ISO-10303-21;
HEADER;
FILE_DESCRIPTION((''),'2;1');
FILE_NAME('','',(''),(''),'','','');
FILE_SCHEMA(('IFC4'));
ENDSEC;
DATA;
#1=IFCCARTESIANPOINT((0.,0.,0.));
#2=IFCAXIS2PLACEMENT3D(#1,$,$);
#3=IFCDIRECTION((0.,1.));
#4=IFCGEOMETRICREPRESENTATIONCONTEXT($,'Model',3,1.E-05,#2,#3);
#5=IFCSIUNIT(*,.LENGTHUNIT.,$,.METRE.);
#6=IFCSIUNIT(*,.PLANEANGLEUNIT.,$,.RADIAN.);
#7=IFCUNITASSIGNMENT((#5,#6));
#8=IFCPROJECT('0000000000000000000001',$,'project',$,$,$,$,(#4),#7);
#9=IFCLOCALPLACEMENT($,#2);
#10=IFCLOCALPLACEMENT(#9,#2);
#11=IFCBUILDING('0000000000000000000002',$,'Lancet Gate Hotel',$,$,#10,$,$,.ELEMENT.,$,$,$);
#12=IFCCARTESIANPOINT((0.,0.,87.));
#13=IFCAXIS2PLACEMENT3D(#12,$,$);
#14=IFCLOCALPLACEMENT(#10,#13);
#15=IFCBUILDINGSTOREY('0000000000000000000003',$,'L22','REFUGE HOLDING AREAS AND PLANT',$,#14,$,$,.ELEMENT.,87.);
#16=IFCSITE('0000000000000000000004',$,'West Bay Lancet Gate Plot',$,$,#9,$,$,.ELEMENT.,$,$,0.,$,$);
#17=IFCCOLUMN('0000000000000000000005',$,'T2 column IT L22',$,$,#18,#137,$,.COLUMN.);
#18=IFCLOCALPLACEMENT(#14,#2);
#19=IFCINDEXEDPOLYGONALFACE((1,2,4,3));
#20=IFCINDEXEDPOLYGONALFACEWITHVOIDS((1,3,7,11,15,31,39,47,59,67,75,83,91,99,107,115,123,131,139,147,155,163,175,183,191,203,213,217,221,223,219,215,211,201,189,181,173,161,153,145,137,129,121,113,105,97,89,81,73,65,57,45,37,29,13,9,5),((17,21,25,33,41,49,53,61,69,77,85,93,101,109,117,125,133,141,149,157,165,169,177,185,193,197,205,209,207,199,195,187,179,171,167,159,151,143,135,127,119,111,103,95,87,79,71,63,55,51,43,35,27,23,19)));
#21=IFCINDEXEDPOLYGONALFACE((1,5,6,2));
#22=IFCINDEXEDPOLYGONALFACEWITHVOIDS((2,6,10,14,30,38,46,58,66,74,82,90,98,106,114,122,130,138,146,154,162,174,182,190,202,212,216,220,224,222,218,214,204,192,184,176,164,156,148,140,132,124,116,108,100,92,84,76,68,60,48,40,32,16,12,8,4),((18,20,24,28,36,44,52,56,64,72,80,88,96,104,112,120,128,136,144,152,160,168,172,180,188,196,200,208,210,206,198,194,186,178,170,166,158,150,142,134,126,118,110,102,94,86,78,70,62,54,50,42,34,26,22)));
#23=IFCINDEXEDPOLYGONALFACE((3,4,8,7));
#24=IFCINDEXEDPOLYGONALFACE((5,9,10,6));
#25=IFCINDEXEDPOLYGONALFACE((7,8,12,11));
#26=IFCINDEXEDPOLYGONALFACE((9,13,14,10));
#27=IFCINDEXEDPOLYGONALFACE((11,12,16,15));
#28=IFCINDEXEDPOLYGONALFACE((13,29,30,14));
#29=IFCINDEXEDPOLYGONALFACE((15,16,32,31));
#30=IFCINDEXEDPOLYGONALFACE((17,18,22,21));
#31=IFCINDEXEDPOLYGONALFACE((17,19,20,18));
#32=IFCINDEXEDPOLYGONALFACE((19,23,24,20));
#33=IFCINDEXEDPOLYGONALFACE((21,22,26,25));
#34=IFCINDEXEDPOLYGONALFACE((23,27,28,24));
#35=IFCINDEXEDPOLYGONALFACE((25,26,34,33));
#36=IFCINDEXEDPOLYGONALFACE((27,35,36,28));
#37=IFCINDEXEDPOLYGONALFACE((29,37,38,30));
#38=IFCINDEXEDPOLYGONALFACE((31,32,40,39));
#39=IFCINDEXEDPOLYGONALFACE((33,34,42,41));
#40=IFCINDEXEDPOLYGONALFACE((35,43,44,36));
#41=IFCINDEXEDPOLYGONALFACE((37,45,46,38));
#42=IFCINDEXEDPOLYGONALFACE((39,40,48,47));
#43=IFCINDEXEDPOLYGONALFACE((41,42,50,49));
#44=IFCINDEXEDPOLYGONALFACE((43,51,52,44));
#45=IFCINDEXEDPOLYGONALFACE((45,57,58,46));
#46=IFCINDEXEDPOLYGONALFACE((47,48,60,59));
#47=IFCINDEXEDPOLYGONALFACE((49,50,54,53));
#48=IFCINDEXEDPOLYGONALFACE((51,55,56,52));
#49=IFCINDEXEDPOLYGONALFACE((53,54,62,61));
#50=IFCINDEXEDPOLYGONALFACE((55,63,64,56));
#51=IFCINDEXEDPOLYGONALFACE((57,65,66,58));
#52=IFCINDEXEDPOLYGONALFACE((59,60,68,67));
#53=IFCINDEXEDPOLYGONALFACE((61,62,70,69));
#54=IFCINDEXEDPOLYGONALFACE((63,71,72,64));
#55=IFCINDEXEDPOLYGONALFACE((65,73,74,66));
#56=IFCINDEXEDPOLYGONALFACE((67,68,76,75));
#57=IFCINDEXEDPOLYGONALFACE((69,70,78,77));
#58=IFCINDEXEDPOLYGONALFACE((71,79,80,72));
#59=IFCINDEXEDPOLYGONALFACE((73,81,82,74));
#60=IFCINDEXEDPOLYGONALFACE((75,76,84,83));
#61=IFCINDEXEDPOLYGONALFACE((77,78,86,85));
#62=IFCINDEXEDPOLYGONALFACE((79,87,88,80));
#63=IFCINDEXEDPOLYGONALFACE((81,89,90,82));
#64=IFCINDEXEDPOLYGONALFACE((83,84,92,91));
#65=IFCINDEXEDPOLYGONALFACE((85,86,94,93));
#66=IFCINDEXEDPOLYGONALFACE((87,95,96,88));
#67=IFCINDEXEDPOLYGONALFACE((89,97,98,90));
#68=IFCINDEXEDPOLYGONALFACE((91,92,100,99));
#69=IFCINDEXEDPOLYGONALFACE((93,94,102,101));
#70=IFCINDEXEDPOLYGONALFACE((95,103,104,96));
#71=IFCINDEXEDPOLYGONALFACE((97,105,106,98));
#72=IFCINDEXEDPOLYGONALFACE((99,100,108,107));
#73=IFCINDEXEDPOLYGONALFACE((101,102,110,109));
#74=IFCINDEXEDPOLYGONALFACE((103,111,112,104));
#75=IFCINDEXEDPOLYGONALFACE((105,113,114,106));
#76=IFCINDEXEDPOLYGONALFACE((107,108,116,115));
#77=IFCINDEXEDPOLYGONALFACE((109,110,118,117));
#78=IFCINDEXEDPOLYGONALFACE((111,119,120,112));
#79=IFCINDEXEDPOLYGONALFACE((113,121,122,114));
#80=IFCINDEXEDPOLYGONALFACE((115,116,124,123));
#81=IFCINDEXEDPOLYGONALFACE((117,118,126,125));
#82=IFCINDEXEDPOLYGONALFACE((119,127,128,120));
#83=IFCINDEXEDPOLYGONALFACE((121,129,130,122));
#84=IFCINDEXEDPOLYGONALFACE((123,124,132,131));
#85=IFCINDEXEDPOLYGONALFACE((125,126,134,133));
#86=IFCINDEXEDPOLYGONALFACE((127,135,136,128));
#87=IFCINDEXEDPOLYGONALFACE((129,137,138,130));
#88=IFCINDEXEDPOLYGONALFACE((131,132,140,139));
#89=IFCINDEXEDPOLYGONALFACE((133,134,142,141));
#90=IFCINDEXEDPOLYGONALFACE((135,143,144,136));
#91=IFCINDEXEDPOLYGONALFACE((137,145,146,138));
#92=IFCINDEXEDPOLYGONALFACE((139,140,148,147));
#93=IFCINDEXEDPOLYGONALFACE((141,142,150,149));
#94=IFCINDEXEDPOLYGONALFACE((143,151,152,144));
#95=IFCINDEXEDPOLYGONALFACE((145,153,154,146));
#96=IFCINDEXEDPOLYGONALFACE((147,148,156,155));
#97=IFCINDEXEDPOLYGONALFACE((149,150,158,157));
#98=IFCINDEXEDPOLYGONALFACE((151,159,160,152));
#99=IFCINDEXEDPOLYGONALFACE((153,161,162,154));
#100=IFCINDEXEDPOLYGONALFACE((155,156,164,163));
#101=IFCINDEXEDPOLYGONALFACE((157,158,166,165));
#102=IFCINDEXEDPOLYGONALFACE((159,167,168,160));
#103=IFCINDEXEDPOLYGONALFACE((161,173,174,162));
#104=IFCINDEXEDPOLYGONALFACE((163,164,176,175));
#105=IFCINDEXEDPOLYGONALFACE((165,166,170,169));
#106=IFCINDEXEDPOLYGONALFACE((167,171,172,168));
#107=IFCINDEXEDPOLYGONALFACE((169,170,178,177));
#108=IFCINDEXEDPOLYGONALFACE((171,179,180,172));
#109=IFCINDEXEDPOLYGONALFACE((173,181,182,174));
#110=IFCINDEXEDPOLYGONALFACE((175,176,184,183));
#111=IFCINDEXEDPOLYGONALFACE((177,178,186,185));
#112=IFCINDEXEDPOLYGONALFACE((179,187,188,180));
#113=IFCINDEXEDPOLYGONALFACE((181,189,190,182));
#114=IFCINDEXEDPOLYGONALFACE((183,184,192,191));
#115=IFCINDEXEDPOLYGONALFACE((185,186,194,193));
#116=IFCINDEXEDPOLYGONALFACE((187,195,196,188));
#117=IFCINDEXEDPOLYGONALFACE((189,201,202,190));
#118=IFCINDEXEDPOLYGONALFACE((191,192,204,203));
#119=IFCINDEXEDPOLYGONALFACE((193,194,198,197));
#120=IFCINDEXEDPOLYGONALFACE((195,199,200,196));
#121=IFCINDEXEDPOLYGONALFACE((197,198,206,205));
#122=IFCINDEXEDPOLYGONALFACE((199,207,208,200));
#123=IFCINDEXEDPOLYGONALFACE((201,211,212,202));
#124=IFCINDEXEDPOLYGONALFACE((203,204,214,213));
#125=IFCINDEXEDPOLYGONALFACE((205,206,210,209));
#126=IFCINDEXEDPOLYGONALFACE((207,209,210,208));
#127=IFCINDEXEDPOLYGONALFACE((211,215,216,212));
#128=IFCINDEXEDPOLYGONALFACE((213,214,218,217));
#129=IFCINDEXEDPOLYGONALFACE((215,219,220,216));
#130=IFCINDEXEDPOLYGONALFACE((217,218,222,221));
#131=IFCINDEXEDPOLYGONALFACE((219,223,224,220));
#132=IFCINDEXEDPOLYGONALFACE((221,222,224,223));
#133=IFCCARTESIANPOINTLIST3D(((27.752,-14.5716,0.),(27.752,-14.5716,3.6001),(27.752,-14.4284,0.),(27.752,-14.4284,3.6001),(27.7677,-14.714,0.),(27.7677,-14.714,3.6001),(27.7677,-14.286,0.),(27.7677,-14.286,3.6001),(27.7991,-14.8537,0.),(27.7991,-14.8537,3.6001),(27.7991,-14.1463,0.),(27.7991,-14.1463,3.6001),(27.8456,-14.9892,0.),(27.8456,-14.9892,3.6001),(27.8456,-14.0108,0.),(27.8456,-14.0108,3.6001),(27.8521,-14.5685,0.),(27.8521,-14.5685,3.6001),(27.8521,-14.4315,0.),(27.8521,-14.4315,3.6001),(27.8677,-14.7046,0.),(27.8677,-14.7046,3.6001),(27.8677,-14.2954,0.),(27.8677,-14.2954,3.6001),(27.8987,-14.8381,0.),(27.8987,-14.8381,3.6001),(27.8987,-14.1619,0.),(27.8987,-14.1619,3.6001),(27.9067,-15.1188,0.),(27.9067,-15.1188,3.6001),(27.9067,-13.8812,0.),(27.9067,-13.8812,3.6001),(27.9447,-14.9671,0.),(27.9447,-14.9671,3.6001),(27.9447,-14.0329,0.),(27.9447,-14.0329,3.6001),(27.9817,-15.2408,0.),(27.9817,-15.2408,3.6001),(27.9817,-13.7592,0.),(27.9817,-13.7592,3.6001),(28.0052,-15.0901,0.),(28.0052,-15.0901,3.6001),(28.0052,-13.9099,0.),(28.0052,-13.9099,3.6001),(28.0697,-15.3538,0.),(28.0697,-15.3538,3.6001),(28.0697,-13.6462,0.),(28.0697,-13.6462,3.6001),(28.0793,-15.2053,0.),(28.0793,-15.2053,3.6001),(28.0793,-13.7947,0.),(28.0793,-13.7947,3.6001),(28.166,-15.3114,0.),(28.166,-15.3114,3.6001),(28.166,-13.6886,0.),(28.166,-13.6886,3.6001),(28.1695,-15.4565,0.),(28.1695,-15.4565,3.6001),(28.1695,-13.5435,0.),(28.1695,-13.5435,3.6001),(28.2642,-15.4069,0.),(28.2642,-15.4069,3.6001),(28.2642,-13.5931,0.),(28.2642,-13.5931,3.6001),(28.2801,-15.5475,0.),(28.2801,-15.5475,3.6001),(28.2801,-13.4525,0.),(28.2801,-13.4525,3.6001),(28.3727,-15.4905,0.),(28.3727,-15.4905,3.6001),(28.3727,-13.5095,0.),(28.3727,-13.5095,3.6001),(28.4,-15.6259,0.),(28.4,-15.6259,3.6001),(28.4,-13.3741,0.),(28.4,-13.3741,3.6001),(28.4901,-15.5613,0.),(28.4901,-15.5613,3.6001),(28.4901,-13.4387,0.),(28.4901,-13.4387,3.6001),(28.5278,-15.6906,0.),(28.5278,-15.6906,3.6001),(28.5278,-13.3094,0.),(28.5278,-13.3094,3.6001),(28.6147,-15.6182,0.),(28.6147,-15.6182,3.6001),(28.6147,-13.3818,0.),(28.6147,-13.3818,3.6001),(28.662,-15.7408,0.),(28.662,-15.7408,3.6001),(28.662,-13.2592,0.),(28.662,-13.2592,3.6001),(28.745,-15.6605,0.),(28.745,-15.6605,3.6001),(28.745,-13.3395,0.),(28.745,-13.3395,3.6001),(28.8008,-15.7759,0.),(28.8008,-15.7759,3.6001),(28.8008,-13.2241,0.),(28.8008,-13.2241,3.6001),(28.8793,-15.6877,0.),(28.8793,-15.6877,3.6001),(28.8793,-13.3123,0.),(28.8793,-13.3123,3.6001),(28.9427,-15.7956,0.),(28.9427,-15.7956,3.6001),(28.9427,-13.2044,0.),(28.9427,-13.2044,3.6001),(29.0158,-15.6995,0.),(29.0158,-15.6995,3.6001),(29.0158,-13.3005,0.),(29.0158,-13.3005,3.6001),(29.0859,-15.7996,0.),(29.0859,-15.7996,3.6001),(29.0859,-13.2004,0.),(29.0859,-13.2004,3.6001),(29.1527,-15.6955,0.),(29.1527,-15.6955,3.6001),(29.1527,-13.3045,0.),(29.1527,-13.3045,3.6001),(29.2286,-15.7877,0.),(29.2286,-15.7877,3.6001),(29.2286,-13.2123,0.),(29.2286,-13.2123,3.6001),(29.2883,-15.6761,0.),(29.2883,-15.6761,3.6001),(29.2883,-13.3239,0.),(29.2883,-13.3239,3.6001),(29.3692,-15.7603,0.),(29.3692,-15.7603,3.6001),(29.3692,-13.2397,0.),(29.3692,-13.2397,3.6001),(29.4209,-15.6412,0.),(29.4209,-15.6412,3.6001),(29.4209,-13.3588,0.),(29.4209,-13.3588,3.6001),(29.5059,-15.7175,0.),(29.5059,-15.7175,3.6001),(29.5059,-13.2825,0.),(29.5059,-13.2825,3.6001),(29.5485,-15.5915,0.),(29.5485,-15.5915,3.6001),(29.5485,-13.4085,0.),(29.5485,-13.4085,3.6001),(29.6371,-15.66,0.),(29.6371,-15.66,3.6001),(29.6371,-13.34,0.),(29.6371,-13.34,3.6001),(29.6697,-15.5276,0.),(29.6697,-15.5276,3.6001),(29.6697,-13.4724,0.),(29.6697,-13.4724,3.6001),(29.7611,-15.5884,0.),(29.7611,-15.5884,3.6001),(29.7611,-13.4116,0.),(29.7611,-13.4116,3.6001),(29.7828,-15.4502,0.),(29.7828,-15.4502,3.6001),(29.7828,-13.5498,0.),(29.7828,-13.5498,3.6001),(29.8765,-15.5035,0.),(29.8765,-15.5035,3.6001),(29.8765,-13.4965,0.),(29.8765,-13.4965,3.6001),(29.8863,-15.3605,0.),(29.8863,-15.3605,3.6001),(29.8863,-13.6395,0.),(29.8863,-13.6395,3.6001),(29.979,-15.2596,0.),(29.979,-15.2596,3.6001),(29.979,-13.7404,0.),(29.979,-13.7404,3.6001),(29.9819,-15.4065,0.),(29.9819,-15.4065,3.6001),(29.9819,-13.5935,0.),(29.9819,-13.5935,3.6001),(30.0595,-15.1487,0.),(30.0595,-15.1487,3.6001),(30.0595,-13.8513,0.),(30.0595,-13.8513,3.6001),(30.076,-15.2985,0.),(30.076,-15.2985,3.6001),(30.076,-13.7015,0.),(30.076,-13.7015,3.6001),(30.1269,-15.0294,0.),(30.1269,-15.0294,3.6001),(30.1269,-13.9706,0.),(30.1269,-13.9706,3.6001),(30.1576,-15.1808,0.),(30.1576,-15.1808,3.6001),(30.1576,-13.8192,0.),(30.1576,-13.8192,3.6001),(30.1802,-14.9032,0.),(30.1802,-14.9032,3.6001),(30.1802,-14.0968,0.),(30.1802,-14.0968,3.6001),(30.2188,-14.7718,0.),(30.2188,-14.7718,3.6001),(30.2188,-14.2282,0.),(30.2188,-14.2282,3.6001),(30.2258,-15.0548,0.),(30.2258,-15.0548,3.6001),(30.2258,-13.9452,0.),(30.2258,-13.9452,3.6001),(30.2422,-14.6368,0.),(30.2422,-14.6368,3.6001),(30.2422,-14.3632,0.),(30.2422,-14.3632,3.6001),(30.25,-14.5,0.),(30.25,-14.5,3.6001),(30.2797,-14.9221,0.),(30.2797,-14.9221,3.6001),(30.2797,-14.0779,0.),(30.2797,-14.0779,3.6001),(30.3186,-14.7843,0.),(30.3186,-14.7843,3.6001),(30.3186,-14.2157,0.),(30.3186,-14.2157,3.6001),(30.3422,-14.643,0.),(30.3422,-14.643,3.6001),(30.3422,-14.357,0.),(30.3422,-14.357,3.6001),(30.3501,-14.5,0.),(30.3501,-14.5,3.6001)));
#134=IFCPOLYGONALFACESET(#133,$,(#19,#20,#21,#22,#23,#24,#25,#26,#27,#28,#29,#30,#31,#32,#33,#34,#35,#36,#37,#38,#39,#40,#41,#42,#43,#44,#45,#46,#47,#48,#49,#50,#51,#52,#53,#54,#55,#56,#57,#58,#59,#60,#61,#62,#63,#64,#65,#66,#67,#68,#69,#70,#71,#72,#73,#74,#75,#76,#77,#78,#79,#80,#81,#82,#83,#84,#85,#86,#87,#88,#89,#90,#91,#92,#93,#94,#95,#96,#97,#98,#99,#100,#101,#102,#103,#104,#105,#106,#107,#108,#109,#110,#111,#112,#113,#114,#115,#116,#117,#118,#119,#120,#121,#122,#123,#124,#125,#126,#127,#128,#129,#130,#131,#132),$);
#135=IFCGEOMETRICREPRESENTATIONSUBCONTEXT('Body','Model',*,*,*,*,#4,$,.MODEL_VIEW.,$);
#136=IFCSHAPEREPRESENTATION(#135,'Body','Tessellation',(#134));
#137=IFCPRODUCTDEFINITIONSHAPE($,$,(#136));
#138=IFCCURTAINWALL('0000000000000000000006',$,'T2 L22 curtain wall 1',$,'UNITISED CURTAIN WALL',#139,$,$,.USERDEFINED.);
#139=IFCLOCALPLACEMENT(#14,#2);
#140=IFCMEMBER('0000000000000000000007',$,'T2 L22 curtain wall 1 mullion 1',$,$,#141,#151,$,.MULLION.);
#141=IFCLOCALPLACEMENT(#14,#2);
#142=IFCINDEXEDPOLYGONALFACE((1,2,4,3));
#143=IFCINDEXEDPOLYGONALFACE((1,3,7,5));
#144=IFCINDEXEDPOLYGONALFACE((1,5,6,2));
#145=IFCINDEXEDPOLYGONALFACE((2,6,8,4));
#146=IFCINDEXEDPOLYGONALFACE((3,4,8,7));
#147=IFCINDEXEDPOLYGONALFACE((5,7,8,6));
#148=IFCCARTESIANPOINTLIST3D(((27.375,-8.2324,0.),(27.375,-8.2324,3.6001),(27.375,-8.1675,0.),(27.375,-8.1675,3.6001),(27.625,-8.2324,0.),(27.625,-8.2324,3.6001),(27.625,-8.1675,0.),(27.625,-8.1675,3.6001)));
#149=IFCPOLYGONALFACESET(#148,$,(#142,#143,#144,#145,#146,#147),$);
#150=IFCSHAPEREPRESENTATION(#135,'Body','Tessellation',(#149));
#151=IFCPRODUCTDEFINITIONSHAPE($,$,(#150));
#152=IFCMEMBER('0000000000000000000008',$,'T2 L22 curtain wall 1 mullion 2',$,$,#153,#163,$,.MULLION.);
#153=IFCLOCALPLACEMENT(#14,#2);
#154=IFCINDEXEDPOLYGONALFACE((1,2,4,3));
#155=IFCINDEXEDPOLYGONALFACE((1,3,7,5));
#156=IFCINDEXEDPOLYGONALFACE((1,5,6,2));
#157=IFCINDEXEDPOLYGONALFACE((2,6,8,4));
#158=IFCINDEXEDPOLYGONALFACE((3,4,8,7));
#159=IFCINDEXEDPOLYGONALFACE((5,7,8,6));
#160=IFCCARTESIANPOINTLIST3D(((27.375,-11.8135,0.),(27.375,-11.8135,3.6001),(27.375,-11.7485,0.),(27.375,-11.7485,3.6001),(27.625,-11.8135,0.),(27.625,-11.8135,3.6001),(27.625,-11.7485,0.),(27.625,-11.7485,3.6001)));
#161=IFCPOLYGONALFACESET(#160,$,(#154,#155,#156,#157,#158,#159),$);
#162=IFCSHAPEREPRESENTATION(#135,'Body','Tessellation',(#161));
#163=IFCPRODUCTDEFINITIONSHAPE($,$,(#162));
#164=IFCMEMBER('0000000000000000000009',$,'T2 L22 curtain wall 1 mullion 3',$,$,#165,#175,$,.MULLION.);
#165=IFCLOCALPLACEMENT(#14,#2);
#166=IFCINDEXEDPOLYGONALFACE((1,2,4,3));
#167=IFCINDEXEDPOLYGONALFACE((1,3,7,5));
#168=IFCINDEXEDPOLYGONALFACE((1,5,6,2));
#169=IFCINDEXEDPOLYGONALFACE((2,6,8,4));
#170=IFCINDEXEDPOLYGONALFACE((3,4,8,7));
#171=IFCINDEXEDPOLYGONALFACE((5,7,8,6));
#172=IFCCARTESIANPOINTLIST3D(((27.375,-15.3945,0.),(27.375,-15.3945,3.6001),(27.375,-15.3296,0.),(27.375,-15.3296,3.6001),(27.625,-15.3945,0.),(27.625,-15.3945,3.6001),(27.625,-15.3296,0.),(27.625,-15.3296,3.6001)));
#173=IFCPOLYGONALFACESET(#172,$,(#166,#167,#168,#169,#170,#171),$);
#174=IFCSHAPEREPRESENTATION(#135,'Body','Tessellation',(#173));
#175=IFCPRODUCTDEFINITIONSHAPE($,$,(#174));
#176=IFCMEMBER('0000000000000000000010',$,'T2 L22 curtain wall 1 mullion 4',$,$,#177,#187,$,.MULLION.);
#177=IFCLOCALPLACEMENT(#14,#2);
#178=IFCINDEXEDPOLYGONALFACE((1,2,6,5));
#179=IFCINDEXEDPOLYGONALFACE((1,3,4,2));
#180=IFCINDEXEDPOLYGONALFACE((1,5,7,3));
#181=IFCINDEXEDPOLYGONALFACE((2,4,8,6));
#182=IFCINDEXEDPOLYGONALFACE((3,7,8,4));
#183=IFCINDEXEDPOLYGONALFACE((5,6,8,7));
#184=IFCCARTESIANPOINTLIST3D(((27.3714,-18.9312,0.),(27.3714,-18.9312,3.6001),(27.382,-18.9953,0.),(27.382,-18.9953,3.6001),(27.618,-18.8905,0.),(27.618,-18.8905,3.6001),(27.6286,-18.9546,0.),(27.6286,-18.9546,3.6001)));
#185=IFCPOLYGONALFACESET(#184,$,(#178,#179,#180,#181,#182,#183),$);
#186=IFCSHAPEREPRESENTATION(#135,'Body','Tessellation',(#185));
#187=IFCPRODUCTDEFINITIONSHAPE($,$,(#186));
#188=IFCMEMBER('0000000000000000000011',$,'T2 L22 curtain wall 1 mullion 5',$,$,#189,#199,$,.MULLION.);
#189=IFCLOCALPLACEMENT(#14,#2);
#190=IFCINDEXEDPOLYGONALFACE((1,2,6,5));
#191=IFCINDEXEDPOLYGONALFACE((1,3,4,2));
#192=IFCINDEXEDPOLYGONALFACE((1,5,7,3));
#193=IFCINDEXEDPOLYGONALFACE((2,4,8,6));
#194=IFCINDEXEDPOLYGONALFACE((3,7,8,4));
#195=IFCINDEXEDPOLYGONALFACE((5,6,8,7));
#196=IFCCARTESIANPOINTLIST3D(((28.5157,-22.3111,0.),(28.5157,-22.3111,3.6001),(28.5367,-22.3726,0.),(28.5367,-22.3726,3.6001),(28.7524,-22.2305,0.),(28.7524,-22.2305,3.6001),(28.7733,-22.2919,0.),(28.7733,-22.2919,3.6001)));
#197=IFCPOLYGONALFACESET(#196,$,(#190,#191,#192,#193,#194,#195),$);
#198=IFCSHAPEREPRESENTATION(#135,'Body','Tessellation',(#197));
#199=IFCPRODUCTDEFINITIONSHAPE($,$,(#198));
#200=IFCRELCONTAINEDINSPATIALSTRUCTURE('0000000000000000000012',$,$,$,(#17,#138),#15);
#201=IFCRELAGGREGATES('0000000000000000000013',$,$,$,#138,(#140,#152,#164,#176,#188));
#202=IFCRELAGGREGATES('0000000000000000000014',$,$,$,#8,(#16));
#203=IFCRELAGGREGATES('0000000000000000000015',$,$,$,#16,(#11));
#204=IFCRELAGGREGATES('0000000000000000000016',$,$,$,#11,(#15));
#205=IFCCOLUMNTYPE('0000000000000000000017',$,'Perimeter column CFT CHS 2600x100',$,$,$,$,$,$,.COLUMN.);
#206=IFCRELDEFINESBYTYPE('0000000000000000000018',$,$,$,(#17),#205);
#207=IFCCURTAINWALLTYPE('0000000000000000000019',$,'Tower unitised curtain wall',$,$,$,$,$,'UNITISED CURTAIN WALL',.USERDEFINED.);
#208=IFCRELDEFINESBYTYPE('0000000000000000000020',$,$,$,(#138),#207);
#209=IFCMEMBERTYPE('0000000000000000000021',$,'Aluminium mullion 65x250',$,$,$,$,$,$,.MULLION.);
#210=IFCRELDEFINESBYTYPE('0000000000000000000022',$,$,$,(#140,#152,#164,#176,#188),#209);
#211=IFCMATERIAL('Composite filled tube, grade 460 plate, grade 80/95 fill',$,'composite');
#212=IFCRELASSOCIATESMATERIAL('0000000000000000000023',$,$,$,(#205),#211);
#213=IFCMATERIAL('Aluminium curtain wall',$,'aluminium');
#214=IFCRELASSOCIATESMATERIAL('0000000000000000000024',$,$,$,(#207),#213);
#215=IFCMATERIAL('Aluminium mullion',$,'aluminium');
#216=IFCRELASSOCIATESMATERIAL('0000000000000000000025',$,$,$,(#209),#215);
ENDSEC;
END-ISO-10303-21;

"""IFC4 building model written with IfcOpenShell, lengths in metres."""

from ifc_helpers import new_model, si_unit, direction, frame, origin, origin_2d, place, context, subcontext, project, spatial, rectangle, hollow_circle, extrude, material, material_profile, profile_set, type_object, element, aggregate, save


model = new_model("IFC4")

# Units and contexts
model_context = context("Model", 3, precision=1e-05, world=origin(), true_north=direction((0.0, 1.0)))
body_context = subcontext(model_context, "Body", "Model", "MODEL_VIEW")
ifc_project = project(units=[si_unit("LENGTHUNIT", "METRE"), si_unit("PLANEANGLEUNIT", "RADIAN")], contexts=[model_context])

# Site, building, storey
site_placement = place(None, origin())
site = spatial("IfcSite", under=ifc_project, at=site_placement, Name="West Bay Lancet Gate Plot", CompositionType="ELEMENT", RefElevation=0.0)
building_placement = place(site_placement, origin())
building = spatial("IfcBuilding", under=site, at=building_placement, Name="Lancet Gate Hotel", CompositionType="ELEMENT")
storey_placement = place(building_placement, frame((0.0, 0.0, 87.0)))
storey = spatial("IfcBuildingStorey", under=building, at=storey_placement, Name="L22", Description="REFUGE HOLDING AREAS AND PLANT", CompositionType="ELEMENT", Elevation=87.0)

# Column
ifc_material_1 = material(Name="Composite filled tube, grade 460 plate, grade 80/95 fill", Category="composite")
ifc_material_profile_1 = material_profile(ifc_material_1, hollow_circle(Radius=1.3, WallThickness=0.1001, at=origin_2d()), Name="CHS 2600x100")
ifc_profile_set_1 = profile_set([ifc_material_profile_1], Name="Composite filled tube, grade 460 plate, grade 80/95 fill")
column_type = type_object("IfcColumnType", Name="Perimeter column CFT CHS 2600x100", PredefinedType="COLUMN", material=ifc_profile_set_1)
column_placement = place(storey_placement, frame((29.05, -14.5, 0.0), z_axis=(0.0, 0.0, 1.0), x_axis=(1.0, 0.0, 0.0)))
element("IfcColumn", 1, at=column_placement, inside=storey, type_object=column_type, Name="T2 column IT L22", PredefinedType="COLUMN", context=body_context, shape_type="SweptSolid", body=[
    extrude(hollow_circle(Radius=1.3, WallThickness=0.1001, at=origin_2d()), origin(), (0.0, 0.0, 1.0), 3.6001),
])

# Curtain wall, members
ifc_material_2 = material(Name="Aluminium curtain wall", Category="aluminium")
curtain_wall_type = type_object("IfcCurtainWallType", Name="Tower unitised curtain wall", ElementType="UNITISED CURTAIN WALL", PredefinedType="USERDEFINED", material=ifc_material_2)
curtain_wall_placement = place(storey_placement, origin())
curtain_wall = element("IfcCurtainWall", 2, at=curtain_wall_placement, inside=storey, type_object=curtain_wall_type, Name="T2 L22 curtain wall 1", ObjectType="UNITISED CURTAIN WALL", PredefinedType="USERDEFINED")
ifc_material_3 = material(Name="Aluminium mullion", Category="aluminium")
ifc_material_profile_2 = material_profile(ifc_material_3, rectangle(XDim=0.0649, YDim=0.25, at=origin_2d()), Name="MULLION 65x250")
ifc_profile_set_2 = profile_set([ifc_material_profile_2], Name="Aluminium mullion")
member_type_1 = type_object("IfcMemberType", Name="Aluminium mullion 65x250", PredefinedType="MULLION", material=ifc_profile_set_2)
member_1_placement = place(storey_placement, frame((27.5, -8.2, 0.0), z_axis=(0.0, 0.0, 1.0), x_axis=(0.0, -1.0, 0.0)))
member_1 = element("IfcMember", 3, at=member_1_placement, type_object=member_type_1, Name="T2 L22 curtain wall 1 mullion 1", PredefinedType="MULLION", context=body_context, shape_type="SweptSolid", body=[
    extrude(rectangle(XDim=0.0649, YDim=0.25, at=origin_2d()), origin(), (0.0, 0.0, 1.0), 3.6001),
])
member_2_placement = place(storey_placement, frame((27.5, -11.781, 0.0), z_axis=(0.0, 0.0, 1.0), x_axis=(0.0, -1.0, 0.0)))
member_2 = element("IfcMember", 4, at=member_2_placement, type_object=member_type_1, Name="T2 L22 curtain wall 1 mullion 2", PredefinedType="MULLION", context=body_context, shape_type="SweptSolid", body=[
    extrude(rectangle(XDim=0.0649, YDim=0.25, at=origin_2d()), origin(), (0.0, 0.0, 1.0), 3.6001),
])
member_3_placement = place(storey_placement, frame((27.5, -15.3621, 0.0), z_axis=(0.0, 0.0, 1.0), x_axis=(0.0, -1.0, 0.0)))
member_3 = element("IfcMember", 5, at=member_3_placement, type_object=member_type_1, Name="T2 L22 curtain wall 1 mullion 3", PredefinedType="MULLION", context=body_context, shape_type="SweptSolid", body=[
    extrude(rectangle(XDim=0.0649, YDim=0.25, at=origin_2d()), origin(), (0.0, 0.0, 1.0), 3.6001),
])
member_4_placement = place(storey_placement, frame((27.5, -18.9429, 0.0), z_axis=(0.0, 0.0, 1.0), x_axis=(0.162739, -0.986669, 0.0)))
member_4 = element("IfcMember", 6, at=member_4_placement, type_object=member_type_1, Name="T2 L22 curtain wall 1 mullion 4", PredefinedType="MULLION", context=body_context, shape_type="SweptSolid", body=[
    extrude(rectangle(XDim=0.0649, YDim=0.25, at=origin_2d()), origin(), (0.0, 0.0, 1.0), 3.6001),
])
member_5_placement = place(storey_placement, frame((28.6445, -22.3015, 0.0), z_axis=(0.0, 0.0, 1.0), x_axis=(0.322576, -0.946544, 0.0)))
member_5 = element("IfcMember", 7, at=member_5_placement, type_object=member_type_1, Name="T2 L22 curtain wall 1 mullion 5", PredefinedType="MULLION", context=body_context, shape_type="SweptSolid", body=[
    extrude(rectangle(XDim=0.0649, YDim=0.25, at=origin_2d()), origin(), (0.0, 0.0, 1.0), 3.6001),
])

aggregate(curtain_wall, [member_1, member_2, member_3, member_4, member_5])

save(model, "model.ifc")
